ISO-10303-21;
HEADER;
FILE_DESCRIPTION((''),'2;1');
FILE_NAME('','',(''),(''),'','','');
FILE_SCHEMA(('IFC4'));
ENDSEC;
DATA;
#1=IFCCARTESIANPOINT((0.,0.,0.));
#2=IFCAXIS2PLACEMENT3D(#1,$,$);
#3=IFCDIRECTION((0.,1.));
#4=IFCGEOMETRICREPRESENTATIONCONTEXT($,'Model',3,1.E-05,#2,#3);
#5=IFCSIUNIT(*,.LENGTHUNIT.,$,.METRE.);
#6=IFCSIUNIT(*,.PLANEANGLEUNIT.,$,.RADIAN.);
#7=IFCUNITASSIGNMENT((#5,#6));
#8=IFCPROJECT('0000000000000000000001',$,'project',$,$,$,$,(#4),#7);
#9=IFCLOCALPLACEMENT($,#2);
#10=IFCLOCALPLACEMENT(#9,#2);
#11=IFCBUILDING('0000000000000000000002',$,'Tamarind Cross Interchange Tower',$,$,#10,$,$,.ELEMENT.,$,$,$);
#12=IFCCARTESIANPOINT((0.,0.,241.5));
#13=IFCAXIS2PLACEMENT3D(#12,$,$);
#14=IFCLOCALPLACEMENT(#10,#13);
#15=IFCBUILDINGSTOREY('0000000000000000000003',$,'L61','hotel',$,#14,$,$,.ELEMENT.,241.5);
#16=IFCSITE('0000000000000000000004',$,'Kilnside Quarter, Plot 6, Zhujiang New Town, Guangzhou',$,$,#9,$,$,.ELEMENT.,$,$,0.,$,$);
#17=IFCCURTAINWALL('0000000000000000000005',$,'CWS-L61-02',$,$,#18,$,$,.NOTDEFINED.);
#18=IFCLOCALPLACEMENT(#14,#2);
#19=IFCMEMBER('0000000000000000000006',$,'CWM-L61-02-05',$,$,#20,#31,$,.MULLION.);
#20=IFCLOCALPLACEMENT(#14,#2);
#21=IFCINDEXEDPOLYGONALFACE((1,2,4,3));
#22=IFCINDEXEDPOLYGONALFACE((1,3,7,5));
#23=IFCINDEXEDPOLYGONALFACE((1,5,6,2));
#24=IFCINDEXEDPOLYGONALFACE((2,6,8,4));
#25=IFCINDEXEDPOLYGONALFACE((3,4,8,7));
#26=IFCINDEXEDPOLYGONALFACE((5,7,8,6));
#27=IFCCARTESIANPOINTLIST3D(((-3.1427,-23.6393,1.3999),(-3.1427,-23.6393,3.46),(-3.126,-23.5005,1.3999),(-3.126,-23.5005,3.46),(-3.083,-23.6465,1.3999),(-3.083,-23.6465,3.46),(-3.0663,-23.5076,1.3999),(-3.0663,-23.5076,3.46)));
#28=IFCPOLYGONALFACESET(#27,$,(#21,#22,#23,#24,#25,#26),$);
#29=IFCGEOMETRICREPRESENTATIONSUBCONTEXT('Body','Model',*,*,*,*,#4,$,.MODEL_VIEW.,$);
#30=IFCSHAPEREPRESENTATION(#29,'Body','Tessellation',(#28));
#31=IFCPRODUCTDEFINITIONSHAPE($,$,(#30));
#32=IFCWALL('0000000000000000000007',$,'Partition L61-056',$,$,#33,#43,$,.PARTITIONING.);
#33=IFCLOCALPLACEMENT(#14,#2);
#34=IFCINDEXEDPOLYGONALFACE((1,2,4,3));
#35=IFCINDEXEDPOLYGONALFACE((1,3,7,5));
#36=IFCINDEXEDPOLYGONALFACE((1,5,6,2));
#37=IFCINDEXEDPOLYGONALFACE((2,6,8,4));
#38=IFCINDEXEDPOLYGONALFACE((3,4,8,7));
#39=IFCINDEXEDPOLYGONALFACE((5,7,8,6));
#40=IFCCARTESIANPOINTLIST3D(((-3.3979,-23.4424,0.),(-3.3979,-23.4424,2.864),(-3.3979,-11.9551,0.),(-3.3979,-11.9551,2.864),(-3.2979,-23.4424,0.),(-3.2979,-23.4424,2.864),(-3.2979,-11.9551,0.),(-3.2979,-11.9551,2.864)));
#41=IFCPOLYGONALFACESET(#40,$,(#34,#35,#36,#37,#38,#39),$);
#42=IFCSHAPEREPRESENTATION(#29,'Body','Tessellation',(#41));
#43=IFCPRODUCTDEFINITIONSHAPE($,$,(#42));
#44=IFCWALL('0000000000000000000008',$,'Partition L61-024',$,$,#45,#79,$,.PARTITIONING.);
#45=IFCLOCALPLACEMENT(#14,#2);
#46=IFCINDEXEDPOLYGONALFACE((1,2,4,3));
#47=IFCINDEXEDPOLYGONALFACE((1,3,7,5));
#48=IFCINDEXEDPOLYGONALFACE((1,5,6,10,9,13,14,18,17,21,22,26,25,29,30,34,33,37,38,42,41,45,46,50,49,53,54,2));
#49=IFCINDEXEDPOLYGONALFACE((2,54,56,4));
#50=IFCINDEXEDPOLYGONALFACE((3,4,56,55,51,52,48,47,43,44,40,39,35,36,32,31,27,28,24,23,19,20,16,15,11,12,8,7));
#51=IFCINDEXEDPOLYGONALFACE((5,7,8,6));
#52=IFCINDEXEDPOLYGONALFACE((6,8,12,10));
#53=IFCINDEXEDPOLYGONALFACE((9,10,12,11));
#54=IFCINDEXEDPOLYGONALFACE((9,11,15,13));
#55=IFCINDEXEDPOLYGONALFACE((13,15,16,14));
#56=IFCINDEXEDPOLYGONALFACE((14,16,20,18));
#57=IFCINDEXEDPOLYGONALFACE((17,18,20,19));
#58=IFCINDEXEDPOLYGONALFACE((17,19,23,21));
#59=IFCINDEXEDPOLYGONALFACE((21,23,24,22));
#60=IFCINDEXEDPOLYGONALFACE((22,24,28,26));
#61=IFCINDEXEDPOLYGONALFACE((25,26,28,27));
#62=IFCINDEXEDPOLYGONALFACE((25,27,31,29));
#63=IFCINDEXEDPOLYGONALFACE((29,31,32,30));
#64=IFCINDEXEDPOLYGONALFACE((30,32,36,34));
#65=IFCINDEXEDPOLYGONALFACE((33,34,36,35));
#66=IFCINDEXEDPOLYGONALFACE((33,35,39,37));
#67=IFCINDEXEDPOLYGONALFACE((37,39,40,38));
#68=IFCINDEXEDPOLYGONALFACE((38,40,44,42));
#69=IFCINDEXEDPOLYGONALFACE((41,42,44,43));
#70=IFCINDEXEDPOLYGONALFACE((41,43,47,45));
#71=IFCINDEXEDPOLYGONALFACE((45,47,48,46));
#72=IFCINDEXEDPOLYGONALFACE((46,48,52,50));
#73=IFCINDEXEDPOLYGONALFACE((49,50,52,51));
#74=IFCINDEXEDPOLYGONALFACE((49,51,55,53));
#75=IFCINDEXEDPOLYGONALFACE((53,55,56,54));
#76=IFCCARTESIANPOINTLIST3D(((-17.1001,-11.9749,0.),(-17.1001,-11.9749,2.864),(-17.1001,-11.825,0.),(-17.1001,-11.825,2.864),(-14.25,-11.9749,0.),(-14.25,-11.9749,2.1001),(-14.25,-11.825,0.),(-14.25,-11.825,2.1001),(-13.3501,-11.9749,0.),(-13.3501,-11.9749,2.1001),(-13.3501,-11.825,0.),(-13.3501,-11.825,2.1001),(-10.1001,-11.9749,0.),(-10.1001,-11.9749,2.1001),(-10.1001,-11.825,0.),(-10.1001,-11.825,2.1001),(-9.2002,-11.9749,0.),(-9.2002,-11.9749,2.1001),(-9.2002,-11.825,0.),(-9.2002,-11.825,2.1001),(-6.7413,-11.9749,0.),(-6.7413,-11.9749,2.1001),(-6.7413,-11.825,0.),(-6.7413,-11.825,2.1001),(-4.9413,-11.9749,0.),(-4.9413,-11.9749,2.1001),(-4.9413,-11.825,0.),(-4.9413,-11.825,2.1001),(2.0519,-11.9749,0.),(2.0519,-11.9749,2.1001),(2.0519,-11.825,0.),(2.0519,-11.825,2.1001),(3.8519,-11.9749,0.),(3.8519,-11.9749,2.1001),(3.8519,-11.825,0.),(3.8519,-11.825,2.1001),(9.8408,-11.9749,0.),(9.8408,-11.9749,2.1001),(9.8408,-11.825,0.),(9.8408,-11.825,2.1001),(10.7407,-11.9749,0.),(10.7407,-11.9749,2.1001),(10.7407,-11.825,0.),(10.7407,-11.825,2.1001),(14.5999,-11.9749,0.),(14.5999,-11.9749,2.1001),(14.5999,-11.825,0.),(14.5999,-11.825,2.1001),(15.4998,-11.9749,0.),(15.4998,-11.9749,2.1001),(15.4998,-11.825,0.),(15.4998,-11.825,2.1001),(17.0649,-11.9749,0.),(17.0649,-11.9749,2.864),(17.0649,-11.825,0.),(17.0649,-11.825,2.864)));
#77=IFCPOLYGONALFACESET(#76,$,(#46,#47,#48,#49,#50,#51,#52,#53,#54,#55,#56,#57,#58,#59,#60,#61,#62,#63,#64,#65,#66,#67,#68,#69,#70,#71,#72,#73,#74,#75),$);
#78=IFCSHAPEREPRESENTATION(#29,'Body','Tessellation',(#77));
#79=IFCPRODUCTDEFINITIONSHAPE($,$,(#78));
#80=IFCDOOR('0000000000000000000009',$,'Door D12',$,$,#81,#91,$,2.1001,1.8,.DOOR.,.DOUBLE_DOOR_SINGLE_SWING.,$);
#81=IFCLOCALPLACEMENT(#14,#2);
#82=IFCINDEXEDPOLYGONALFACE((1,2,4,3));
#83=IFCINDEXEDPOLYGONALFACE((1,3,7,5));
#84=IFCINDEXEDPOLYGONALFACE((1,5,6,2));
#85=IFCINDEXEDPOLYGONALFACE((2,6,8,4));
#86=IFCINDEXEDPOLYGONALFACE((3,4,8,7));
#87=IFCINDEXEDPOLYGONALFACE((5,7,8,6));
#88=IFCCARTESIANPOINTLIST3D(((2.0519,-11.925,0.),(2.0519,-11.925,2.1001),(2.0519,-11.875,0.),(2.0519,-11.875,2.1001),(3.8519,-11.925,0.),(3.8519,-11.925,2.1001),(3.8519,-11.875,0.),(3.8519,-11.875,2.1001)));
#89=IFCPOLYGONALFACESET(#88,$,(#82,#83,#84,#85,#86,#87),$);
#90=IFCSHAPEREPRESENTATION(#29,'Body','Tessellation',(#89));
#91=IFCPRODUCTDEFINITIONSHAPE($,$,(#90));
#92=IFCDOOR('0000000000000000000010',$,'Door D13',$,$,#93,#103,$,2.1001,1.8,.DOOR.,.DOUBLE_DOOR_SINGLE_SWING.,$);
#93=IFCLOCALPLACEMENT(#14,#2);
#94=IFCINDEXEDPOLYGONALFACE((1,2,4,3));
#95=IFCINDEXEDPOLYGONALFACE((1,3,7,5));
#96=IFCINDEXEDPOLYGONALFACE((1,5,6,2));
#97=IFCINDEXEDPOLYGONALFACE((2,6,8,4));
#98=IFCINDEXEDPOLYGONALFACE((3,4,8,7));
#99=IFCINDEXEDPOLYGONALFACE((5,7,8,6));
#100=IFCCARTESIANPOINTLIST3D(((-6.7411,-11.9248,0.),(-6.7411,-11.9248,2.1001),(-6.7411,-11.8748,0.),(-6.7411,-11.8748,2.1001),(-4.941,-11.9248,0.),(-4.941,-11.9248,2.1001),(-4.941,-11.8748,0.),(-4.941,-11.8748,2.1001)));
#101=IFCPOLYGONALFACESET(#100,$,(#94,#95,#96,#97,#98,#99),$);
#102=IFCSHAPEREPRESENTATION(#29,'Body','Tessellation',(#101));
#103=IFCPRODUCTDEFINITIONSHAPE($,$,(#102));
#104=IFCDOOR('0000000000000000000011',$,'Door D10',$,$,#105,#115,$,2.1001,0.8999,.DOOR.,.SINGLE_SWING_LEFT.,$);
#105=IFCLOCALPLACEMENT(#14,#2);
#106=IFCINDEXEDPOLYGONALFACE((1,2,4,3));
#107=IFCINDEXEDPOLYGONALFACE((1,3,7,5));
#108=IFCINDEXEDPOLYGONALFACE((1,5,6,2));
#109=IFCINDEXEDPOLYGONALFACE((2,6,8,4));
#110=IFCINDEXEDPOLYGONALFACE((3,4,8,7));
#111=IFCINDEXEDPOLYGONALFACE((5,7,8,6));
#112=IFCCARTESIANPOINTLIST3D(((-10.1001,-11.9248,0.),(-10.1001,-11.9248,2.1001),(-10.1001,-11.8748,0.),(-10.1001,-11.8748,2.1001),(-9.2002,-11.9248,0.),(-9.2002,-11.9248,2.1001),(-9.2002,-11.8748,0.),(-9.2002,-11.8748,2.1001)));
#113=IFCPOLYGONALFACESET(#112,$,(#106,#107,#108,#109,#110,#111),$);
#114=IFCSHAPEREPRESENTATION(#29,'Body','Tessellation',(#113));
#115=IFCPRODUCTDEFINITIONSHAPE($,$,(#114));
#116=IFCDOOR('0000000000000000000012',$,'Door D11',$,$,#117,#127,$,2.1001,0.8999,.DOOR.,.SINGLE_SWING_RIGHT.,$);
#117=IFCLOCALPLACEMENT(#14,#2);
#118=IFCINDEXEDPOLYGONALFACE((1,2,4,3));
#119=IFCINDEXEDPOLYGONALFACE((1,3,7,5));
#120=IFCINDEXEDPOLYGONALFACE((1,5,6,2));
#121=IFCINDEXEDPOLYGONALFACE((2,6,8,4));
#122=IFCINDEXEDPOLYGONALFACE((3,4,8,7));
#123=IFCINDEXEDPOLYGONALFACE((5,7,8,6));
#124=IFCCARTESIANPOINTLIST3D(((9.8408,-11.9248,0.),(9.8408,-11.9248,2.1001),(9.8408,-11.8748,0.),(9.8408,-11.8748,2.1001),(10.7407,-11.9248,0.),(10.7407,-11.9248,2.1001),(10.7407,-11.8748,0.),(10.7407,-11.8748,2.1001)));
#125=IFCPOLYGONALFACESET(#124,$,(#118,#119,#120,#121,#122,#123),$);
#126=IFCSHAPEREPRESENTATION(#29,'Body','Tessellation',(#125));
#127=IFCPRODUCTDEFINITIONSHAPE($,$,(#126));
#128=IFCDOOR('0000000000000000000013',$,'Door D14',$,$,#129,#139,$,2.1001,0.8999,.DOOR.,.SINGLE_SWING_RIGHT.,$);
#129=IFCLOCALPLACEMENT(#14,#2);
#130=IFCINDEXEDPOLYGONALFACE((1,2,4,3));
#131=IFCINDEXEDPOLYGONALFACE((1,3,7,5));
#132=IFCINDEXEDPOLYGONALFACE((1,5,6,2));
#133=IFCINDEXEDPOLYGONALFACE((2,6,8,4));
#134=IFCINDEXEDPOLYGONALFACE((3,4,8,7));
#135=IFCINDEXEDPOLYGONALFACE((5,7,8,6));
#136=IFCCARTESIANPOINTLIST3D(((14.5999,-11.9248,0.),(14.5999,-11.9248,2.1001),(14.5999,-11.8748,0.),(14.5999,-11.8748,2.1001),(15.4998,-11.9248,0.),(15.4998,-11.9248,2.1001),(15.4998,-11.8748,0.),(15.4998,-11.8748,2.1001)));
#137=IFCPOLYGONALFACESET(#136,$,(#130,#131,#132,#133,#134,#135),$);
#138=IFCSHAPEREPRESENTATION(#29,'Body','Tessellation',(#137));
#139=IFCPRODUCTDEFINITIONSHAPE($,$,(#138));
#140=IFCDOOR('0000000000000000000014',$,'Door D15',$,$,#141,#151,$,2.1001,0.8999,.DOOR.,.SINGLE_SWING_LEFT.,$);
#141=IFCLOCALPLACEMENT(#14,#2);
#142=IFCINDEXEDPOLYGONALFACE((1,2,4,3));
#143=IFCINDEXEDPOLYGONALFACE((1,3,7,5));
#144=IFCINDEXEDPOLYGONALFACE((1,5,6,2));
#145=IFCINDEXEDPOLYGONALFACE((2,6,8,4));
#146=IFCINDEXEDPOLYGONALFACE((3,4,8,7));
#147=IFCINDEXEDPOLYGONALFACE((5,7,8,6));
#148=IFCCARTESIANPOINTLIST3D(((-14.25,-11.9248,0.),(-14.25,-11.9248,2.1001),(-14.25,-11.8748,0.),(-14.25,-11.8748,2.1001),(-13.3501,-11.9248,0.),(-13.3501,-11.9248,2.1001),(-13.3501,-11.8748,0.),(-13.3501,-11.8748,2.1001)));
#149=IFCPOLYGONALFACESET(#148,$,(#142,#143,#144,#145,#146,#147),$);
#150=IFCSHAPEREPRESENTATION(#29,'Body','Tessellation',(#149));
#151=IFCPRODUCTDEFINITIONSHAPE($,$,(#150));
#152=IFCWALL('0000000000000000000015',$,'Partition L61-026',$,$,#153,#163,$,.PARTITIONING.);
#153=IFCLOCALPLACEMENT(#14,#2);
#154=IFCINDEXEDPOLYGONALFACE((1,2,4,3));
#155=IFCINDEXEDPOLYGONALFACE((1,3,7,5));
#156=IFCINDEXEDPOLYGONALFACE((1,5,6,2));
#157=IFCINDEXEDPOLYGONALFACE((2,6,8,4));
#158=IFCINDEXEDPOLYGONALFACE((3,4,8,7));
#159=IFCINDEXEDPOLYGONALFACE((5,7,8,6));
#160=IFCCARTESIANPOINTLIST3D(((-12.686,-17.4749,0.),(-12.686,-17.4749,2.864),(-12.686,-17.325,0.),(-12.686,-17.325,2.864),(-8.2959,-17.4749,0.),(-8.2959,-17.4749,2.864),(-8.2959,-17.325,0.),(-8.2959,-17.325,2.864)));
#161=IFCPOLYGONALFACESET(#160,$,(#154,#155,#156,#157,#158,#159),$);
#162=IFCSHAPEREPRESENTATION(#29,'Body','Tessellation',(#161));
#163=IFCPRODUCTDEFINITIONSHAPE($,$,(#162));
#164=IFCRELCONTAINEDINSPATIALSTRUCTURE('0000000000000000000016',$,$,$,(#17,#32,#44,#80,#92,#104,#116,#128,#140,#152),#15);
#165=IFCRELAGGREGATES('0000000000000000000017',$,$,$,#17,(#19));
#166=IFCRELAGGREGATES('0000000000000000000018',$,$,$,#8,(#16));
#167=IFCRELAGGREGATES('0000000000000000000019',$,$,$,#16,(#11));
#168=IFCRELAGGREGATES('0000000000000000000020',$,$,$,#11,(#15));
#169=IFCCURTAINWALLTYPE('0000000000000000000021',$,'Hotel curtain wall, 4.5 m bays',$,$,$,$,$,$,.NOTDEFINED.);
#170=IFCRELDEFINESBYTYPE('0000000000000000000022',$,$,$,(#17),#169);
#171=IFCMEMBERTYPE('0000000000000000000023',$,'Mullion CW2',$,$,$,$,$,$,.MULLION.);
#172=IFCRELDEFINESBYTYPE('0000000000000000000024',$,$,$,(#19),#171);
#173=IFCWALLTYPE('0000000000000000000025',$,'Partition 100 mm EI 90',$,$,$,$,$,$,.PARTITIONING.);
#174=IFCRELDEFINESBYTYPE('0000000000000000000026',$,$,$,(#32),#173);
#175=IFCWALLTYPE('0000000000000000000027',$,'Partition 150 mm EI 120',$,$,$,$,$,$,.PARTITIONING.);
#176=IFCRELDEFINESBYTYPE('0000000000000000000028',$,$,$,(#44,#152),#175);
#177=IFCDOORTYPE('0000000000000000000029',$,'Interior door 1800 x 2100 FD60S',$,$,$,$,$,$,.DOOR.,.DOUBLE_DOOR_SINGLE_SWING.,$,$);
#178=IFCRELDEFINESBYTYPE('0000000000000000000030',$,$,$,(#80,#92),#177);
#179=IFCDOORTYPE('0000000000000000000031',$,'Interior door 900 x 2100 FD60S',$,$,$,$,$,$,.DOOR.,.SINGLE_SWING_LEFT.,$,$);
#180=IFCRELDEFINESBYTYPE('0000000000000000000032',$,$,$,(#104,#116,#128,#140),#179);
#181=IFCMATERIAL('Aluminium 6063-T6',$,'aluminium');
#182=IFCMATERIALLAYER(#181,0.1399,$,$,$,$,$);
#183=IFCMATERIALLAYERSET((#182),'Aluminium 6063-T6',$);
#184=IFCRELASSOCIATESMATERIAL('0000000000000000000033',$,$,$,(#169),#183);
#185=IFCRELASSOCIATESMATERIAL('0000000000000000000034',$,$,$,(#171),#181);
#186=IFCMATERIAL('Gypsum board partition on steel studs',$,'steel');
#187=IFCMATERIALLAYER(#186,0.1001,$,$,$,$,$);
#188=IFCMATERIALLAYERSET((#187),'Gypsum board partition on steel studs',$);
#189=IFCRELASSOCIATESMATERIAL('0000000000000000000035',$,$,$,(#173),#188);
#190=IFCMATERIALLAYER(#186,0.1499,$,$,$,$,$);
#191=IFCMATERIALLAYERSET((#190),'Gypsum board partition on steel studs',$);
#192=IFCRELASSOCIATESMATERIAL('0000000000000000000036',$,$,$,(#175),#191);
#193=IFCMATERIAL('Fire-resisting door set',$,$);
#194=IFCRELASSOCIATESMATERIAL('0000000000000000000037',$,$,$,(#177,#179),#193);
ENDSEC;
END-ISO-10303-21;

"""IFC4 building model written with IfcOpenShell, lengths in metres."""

from ifc_helpers import new_model, si_unit, direction, frame, frame_2d, origin, origin_2d, place, context, subcontext, project, spatial, rectangle, extrude, material, layer, layer_set, material_profile, profile_set, type_object, element, fill, aggregate, save


model = new_model("IFC4")

# Units and contexts
model_context = context("Model", 3, precision=1e-05, world=origin(), true_north=direction((0.0, 1.0)))
body_context = subcontext(model_context, "Body", "Model", "MODEL_VIEW")
ifc_project = project(units=[si_unit("LENGTHUNIT", "METRE"), si_unit("PLANEANGLEUNIT", "RADIAN")], contexts=[model_context])

# Site, building, storey
site_placement = place(None, origin())
site = spatial("IfcSite", under=ifc_project, at=site_placement, Name="Kilnside Quarter, Plot 6, Zhujiang New Town, Guangzhou", CompositionType="ELEMENT", RefElevation=0.0)
building_placement = place(site_placement, origin())
building = spatial("IfcBuilding", under=site, at=building_placement, Name="Tamarind Cross Interchange Tower", CompositionType="ELEMENT")
storey_placement = place(building_placement, frame((0.0, 0.0, 241.5)))
storey = spatial("IfcBuildingStorey", under=building, at=storey_placement, Name="L61", Description="hotel", CompositionType="ELEMENT", Elevation=241.5)

# Curtain wall, member
ifc_material_1 = material(Name="Aluminium 6063-T6", Category="aluminium")
ifc_layer_1 = layer(ifc_material_1, 0.1399)
ifc_layer_set_1 = layer_set([ifc_layer_1], Name="Aluminium 6063-T6")
curtain_wall_type = type_object("IfcCurtainWallType", Name="Hotel curtain wall, 4.5 m bays", PredefinedType="NOTDEFINED", material=ifc_layer_set_1)
curtain_wall_placement = place(storey_placement, origin())
curtain_wall = element("IfcCurtainWall", 1, at=curtain_wall_placement, inside=storey, type_object=curtain_wall_type, Name="CWS-L61-02", PredefinedType="NOTDEFINED")
ifc_material_profile_1 = material_profile(ifc_material_1, rectangle(XDim=0.0601, YDim=0.1399, at=origin_2d()), Name="Mullion CW2")
ifc_profile_set_1 = profile_set([ifc_material_profile_1], Name="Aluminium 6063-T6")
member_type = type_object("IfcMemberType", Name="Mullion CW2", PredefinedType="MULLION", material=ifc_profile_set_1)
member_1_placement = place(storey_placement, frame((-3.1045, -23.5735, 1.3999), z_axis=(0.0, 0.0, 1.0), x_axis=(0.992844, -0.119421, 0.0)))
member_1 = element("IfcMember", 2, at=member_1_placement, type_object=member_type, Name="CWM-L61-02-05", PredefinedType="MULLION", context=body_context, shape_type="SweptSolid", body=[
    extrude(rectangle(XDim=0.0601, YDim=0.1399, at=origin_2d()), origin(), (0.0, 0.0, 1.0), 2.0601),
])
aggregate(curtain_wall, [member_1])

# Wall
ifc_material_2 = material(Name="Gypsum board partition on steel studs", Category="steel")
ifc_layer_2 = layer(ifc_material_2, 0.1001)
ifc_layer_set_2 = layer_set([ifc_layer_2], Name="Gypsum board partition on steel studs")
wall_type_1 = type_object("IfcWallType", Name="Partition 100 mm EI 90", PredefinedType="PARTITIONING", material=ifc_layer_set_2)
wall_1_placement = place(storey_placement, frame((-3.3479, -23.4424, 0.0), z_axis=(0.0, 0.0, 1.0), x_axis=(0.0, 1.0, 0.0)))
element("IfcWall", 3, at=wall_1_placement, inside=storey, type_object=wall_type_1, Name="Partition L61-056", PredefinedType="PARTITIONING", context=body_context, shape_type="SweptSolid", body=[
    extrude(rectangle(XDim=11.4873, YDim=0.1001, at=frame_2d((5.7437, 0.0))), origin(), (0.0, 0.0, 1.0), 2.864),
])

# Wall, openings, doors
ifc_layer_3 = layer(ifc_material_2, 0.1499)
ifc_layer_set_3 = layer_set([ifc_layer_3], Name="Gypsum board partition on steel studs")
wall_type_2 = type_object("IfcWallType", Name="Partition 150 mm EI 120", PredefinedType="PARTITIONING", material=ifc_layer_set_3)
wall_2_placement = place(storey_placement, frame((-17.1001, -11.8999, 0.0), z_axis=(0.0, 0.0, 1.0), x_axis=(1.0, 0.0, 0.0)))
wall_2 = element("IfcWall", 4, at=wall_2_placement, inside=storey, type_object=wall_type_2, Name="Partition L61-024", PredefinedType="PARTITIONING", context=body_context, shape_type="SweptSolid", body=[
    extrude(rectangle(XDim=34.165, YDim=0.1499, at=frame_2d((17.0825, 0.0))), origin(), (0.0, 0.0, 1.0), 2.864),
])
opening_1_placement = place(wall_2_placement, frame((7.0, 0.0, 0.0)))
opening_1 = element("IfcOpeningElement", 5, at=opening_1_placement, cuts=wall_2, PredefinedType="OPENING", context=body_context, shape_type="SweptSolid", body=[
    extrude(rectangle(XDim=0.8999, YDim=2.1001, at=frame_2d((0.45, 1.05))), frame((0.0, 0.085, 0.0), z_axis=(0.0, -1.0, 0.0), x_axis=(1.0, 0.0, 0.0)), (0.0, 0.0, 1.0), 0.1699),
])
opening_2_placement = place(wall_2_placement, frame((26.9409, 0.0, 0.0)))
opening_2 = element("IfcOpeningElement", 6, at=opening_2_placement, cuts=wall_2, PredefinedType="OPENING", context=body_context, shape_type="SweptSolid", body=[
    extrude(rectangle(XDim=0.8999, YDim=2.1001, at=frame_2d((0.45, 1.05))), frame((0.0, 0.085, 0.0), z_axis=(0.0, -1.0, 0.0), x_axis=(1.0, 0.0, 0.0)), (0.0, 0.0, 1.0), 0.1699),
])
opening_3_placement = place(wall_2_placement, frame((19.1521, 0.0, 0.0)))
opening_3 = element("IfcOpeningElement", 7, at=opening_3_placement, cuts=wall_2, PredefinedType="OPENING", context=body_context, shape_type="SweptSolid", body=[
    extrude(rectangle(XDim=1.8, YDim=2.1001, at=frame_2d((0.8999, 1.05))), frame((0.0, 0.085, 0.0), z_axis=(0.0, -1.0, 0.0), x_axis=(1.0, 0.0, 0.0)), (0.0, 0.0, 1.0), 0.1699),
])
opening_4_placement = place(wall_2_placement, frame((10.3589, 0.0, 0.0)))
opening_4 = element("IfcOpeningElement", 8, at=opening_4_placement, cuts=wall_2, PredefinedType="OPENING", context=body_context, shape_type="SweptSolid", body=[
    extrude(rectangle(XDim=1.8, YDim=2.1001, at=frame_2d((0.8999, 1.05))), frame((0.0, 0.085, 0.0), z_axis=(0.0, -1.0, 0.0), x_axis=(1.0, 0.0, 0.0)), (0.0, 0.0, 1.0), 0.1699),
])
opening_5_placement = place(wall_2_placement, frame((31.7, 0.0, 0.0)))
opening_5 = element("IfcOpeningElement", 9, at=opening_5_placement, cuts=wall_2, PredefinedType="OPENING", context=body_context, shape_type="SweptSolid", body=[
    extrude(rectangle(XDim=0.8999, YDim=2.1001, at=frame_2d((0.45, 1.05))), frame((0.0, 0.085, 0.0), z_axis=(0.0, -1.0, 0.0), x_axis=(1.0, 0.0, 0.0)), (0.0, 0.0, 1.0), 0.1699),
])
opening_6_placement = place(wall_2_placement, frame((2.8501, 0.0, 0.0)))
opening_6 = element("IfcOpeningElement", 10, at=opening_6_placement, cuts=wall_2, PredefinedType="OPENING", context=body_context, shape_type="SweptSolid", body=[
    extrude(rectangle(XDim=0.8999, YDim=2.1001, at=frame_2d((0.45, 1.05))), frame((0.0, 0.085, 0.0), z_axis=(0.0, -1.0, 0.0), x_axis=(1.0, 0.0, 0.0)), (0.0, 0.0, 1.0), 0.1699),
])
ifc_material_3 = material(Name="Fire-resisting door set")
door_type_1 = type_object("IfcDoorType", Name="Interior door 1800 x 2100 FD60S", OperationType="DOUBLE_DOOR_SINGLE_SWING", PredefinedType="DOOR", material=ifc_material_3)
door_1_placement = place(opening_3_placement, origin())
door_1 = element("IfcDoor", 11, at=door_1_placement, inside=storey, type_object=door_type_1, Name="Door D12", OperationType="DOUBLE_DOOR_SINGLE_SWING", OverallHeight=2.1001, OverallWidth=1.8, PredefinedType="DOOR", context=body_context, shape_type="SweptSolid", body=[
    extrude(rectangle(XDim=1.8, YDim=2.1001, at=frame_2d((0.8999, 1.05))), frame((0.0, 0.0249, 0.0), z_axis=(0.0, -1.0, 0.0), x_axis=(1.0, 0.0, 0.0)), (0.0, 0.0, 1.0), 0.05),
])
fill(opening_3, door_1)
door_2_placement = place(opening_4_placement, frame((1.8, 0.0, 0.0), z_axis=(0.0, 0.0, 1.0), x_axis=(-1.0, 0.0, 0.0)))
door_2 = element("IfcDoor", 12, at=door_2_placement, inside=storey, type_object=door_type_1, Name="Door D13", OperationType="DOUBLE_DOOR_SINGLE_SWING", OverallHeight=2.1001, OverallWidth=1.8, PredefinedType="DOOR", context=body_context, shape_type="SweptSolid", body=[
    extrude(rectangle(XDim=1.8, YDim=2.1001, at=frame_2d((0.8999, 1.05))), frame((0.0, 0.0249, 0.0), z_axis=(0.0, -1.0, 0.0), x_axis=(1.0, 0.0, 0.0)), (0.0, 0.0, 1.0), 0.05),
])
fill(opening_4, door_2)
door_type_2 = type_object("IfcDoorType", Name="Interior door 900 x 2100 FD60S", OperationType="SINGLE_SWING_LEFT", PredefinedType="DOOR", material=ifc_material_3)
door_3_placement = place(opening_1_placement, frame((0.8999, 0.0, 0.0), z_axis=(0.0, 0.0, 1.0), x_axis=(-1.0, 0.0, 0.0)))
door_3 = element("IfcDoor", 13, at=door_3_placement, inside=storey, type_object=door_type_2, Name="Door D10", OperationType="SINGLE_SWING_LEFT", OverallHeight=2.1001, OverallWidth=0.8999, PredefinedType="DOOR", context=body_context, shape_type="SweptSolid", body=[
    extrude(rectangle(XDim=0.8999, YDim=2.1001, at=frame_2d((0.45, 1.05))), frame((0.0, 0.0249, 0.0), z_axis=(0.0, -1.0, 0.0), x_axis=(1.0, 0.0, 0.0)), (0.0, 0.0, 1.0), 0.05),
])
fill(opening_1, door_3)
door_4_placement = place(opening_2_placement, frame((0.8999, 0.0, 0.0), z_axis=(0.0, 0.0, 1.0), x_axis=(-1.0, 0.0, 0.0)))
door_4 = element("IfcDoor", 14, at=door_4_placement, inside=storey, type_object=door_type_2, Name="Door D11", OperationType="SINGLE_SWING_RIGHT", OverallHeight=2.1001, OverallWidth=0.8999, PredefinedType="DOOR", context=body_context, shape_type="SweptSolid", body=[
    extrude(rectangle(XDim=0.8999, YDim=2.1001, at=frame_2d((0.45, 1.05))), frame((0.0, 0.0249, 0.0), z_axis=(0.0, -1.0, 0.0), x_axis=(1.0, 0.0, 0.0)), (0.0, 0.0, 1.0), 0.05),
])
fill(opening_2, door_4)
door_5_placement = place(opening_5_placement, frame((0.8999, 0.0, 0.0), z_axis=(0.0, 0.0, 1.0), x_axis=(-1.0, 0.0, 0.0)))
door_5 = element("IfcDoor", 15, at=door_5_placement, inside=storey, type_object=door_type_2, Name="Door D14", OperationType="SINGLE_SWING_RIGHT", OverallHeight=2.1001, OverallWidth=0.8999, PredefinedType="DOOR", context=body_context, shape_type="SweptSolid", body=[
    extrude(rectangle(XDim=0.8999, YDim=2.1001, at=frame_2d((0.45, 1.05))), frame((0.0, 0.0249, 0.0), z_axis=(0.0, -1.0, 0.0), x_axis=(1.0, 0.0, 0.0)), (0.0, 0.0, 1.0), 0.05),
])
fill(opening_5, door_5)
door_6_placement = place(opening_6_placement, frame((0.8999, 0.0, 0.0), z_axis=(0.0, 0.0, 1.0), x_axis=(-1.0, 0.0, 0.0)))
door_6 = element("IfcDoor", 16, at=door_6_placement, inside=storey, type_object=door_type_2, Name="Door D15", OperationType="SINGLE_SWING_LEFT", OverallHeight=2.1001, OverallWidth=0.8999, PredefinedType="DOOR", context=body_context, shape_type="SweptSolid", body=[
    extrude(rectangle(XDim=0.8999, YDim=2.1001, at=frame_2d((0.45, 1.05))), frame((0.0, 0.0249, 0.0), z_axis=(0.0, -1.0, 0.0), x_axis=(1.0, 0.0, 0.0)), (0.0, 0.0, 1.0), 0.05),
])
fill(opening_6, door_6)

# Wall
wall_3_placement = place(storey_placement, frame((-12.686, -17.3999, 0.0), z_axis=(0.0, 0.0, 1.0), x_axis=(1.0, 0.0, 0.0)))
element("IfcWall", 17, at=wall_3_placement, inside=storey, type_object=wall_type_2, Name="Partition L61-026", PredefinedType="PARTITIONING", context=body_context, shape_type="SweptSolid", body=[
    extrude(rectangle(XDim=4.3901, YDim=0.1499, at=frame_2d((2.1951, 0.0))), origin(), (0.0, 0.0, 1.0), 2.864),
])

save(model, "model.ifc")
